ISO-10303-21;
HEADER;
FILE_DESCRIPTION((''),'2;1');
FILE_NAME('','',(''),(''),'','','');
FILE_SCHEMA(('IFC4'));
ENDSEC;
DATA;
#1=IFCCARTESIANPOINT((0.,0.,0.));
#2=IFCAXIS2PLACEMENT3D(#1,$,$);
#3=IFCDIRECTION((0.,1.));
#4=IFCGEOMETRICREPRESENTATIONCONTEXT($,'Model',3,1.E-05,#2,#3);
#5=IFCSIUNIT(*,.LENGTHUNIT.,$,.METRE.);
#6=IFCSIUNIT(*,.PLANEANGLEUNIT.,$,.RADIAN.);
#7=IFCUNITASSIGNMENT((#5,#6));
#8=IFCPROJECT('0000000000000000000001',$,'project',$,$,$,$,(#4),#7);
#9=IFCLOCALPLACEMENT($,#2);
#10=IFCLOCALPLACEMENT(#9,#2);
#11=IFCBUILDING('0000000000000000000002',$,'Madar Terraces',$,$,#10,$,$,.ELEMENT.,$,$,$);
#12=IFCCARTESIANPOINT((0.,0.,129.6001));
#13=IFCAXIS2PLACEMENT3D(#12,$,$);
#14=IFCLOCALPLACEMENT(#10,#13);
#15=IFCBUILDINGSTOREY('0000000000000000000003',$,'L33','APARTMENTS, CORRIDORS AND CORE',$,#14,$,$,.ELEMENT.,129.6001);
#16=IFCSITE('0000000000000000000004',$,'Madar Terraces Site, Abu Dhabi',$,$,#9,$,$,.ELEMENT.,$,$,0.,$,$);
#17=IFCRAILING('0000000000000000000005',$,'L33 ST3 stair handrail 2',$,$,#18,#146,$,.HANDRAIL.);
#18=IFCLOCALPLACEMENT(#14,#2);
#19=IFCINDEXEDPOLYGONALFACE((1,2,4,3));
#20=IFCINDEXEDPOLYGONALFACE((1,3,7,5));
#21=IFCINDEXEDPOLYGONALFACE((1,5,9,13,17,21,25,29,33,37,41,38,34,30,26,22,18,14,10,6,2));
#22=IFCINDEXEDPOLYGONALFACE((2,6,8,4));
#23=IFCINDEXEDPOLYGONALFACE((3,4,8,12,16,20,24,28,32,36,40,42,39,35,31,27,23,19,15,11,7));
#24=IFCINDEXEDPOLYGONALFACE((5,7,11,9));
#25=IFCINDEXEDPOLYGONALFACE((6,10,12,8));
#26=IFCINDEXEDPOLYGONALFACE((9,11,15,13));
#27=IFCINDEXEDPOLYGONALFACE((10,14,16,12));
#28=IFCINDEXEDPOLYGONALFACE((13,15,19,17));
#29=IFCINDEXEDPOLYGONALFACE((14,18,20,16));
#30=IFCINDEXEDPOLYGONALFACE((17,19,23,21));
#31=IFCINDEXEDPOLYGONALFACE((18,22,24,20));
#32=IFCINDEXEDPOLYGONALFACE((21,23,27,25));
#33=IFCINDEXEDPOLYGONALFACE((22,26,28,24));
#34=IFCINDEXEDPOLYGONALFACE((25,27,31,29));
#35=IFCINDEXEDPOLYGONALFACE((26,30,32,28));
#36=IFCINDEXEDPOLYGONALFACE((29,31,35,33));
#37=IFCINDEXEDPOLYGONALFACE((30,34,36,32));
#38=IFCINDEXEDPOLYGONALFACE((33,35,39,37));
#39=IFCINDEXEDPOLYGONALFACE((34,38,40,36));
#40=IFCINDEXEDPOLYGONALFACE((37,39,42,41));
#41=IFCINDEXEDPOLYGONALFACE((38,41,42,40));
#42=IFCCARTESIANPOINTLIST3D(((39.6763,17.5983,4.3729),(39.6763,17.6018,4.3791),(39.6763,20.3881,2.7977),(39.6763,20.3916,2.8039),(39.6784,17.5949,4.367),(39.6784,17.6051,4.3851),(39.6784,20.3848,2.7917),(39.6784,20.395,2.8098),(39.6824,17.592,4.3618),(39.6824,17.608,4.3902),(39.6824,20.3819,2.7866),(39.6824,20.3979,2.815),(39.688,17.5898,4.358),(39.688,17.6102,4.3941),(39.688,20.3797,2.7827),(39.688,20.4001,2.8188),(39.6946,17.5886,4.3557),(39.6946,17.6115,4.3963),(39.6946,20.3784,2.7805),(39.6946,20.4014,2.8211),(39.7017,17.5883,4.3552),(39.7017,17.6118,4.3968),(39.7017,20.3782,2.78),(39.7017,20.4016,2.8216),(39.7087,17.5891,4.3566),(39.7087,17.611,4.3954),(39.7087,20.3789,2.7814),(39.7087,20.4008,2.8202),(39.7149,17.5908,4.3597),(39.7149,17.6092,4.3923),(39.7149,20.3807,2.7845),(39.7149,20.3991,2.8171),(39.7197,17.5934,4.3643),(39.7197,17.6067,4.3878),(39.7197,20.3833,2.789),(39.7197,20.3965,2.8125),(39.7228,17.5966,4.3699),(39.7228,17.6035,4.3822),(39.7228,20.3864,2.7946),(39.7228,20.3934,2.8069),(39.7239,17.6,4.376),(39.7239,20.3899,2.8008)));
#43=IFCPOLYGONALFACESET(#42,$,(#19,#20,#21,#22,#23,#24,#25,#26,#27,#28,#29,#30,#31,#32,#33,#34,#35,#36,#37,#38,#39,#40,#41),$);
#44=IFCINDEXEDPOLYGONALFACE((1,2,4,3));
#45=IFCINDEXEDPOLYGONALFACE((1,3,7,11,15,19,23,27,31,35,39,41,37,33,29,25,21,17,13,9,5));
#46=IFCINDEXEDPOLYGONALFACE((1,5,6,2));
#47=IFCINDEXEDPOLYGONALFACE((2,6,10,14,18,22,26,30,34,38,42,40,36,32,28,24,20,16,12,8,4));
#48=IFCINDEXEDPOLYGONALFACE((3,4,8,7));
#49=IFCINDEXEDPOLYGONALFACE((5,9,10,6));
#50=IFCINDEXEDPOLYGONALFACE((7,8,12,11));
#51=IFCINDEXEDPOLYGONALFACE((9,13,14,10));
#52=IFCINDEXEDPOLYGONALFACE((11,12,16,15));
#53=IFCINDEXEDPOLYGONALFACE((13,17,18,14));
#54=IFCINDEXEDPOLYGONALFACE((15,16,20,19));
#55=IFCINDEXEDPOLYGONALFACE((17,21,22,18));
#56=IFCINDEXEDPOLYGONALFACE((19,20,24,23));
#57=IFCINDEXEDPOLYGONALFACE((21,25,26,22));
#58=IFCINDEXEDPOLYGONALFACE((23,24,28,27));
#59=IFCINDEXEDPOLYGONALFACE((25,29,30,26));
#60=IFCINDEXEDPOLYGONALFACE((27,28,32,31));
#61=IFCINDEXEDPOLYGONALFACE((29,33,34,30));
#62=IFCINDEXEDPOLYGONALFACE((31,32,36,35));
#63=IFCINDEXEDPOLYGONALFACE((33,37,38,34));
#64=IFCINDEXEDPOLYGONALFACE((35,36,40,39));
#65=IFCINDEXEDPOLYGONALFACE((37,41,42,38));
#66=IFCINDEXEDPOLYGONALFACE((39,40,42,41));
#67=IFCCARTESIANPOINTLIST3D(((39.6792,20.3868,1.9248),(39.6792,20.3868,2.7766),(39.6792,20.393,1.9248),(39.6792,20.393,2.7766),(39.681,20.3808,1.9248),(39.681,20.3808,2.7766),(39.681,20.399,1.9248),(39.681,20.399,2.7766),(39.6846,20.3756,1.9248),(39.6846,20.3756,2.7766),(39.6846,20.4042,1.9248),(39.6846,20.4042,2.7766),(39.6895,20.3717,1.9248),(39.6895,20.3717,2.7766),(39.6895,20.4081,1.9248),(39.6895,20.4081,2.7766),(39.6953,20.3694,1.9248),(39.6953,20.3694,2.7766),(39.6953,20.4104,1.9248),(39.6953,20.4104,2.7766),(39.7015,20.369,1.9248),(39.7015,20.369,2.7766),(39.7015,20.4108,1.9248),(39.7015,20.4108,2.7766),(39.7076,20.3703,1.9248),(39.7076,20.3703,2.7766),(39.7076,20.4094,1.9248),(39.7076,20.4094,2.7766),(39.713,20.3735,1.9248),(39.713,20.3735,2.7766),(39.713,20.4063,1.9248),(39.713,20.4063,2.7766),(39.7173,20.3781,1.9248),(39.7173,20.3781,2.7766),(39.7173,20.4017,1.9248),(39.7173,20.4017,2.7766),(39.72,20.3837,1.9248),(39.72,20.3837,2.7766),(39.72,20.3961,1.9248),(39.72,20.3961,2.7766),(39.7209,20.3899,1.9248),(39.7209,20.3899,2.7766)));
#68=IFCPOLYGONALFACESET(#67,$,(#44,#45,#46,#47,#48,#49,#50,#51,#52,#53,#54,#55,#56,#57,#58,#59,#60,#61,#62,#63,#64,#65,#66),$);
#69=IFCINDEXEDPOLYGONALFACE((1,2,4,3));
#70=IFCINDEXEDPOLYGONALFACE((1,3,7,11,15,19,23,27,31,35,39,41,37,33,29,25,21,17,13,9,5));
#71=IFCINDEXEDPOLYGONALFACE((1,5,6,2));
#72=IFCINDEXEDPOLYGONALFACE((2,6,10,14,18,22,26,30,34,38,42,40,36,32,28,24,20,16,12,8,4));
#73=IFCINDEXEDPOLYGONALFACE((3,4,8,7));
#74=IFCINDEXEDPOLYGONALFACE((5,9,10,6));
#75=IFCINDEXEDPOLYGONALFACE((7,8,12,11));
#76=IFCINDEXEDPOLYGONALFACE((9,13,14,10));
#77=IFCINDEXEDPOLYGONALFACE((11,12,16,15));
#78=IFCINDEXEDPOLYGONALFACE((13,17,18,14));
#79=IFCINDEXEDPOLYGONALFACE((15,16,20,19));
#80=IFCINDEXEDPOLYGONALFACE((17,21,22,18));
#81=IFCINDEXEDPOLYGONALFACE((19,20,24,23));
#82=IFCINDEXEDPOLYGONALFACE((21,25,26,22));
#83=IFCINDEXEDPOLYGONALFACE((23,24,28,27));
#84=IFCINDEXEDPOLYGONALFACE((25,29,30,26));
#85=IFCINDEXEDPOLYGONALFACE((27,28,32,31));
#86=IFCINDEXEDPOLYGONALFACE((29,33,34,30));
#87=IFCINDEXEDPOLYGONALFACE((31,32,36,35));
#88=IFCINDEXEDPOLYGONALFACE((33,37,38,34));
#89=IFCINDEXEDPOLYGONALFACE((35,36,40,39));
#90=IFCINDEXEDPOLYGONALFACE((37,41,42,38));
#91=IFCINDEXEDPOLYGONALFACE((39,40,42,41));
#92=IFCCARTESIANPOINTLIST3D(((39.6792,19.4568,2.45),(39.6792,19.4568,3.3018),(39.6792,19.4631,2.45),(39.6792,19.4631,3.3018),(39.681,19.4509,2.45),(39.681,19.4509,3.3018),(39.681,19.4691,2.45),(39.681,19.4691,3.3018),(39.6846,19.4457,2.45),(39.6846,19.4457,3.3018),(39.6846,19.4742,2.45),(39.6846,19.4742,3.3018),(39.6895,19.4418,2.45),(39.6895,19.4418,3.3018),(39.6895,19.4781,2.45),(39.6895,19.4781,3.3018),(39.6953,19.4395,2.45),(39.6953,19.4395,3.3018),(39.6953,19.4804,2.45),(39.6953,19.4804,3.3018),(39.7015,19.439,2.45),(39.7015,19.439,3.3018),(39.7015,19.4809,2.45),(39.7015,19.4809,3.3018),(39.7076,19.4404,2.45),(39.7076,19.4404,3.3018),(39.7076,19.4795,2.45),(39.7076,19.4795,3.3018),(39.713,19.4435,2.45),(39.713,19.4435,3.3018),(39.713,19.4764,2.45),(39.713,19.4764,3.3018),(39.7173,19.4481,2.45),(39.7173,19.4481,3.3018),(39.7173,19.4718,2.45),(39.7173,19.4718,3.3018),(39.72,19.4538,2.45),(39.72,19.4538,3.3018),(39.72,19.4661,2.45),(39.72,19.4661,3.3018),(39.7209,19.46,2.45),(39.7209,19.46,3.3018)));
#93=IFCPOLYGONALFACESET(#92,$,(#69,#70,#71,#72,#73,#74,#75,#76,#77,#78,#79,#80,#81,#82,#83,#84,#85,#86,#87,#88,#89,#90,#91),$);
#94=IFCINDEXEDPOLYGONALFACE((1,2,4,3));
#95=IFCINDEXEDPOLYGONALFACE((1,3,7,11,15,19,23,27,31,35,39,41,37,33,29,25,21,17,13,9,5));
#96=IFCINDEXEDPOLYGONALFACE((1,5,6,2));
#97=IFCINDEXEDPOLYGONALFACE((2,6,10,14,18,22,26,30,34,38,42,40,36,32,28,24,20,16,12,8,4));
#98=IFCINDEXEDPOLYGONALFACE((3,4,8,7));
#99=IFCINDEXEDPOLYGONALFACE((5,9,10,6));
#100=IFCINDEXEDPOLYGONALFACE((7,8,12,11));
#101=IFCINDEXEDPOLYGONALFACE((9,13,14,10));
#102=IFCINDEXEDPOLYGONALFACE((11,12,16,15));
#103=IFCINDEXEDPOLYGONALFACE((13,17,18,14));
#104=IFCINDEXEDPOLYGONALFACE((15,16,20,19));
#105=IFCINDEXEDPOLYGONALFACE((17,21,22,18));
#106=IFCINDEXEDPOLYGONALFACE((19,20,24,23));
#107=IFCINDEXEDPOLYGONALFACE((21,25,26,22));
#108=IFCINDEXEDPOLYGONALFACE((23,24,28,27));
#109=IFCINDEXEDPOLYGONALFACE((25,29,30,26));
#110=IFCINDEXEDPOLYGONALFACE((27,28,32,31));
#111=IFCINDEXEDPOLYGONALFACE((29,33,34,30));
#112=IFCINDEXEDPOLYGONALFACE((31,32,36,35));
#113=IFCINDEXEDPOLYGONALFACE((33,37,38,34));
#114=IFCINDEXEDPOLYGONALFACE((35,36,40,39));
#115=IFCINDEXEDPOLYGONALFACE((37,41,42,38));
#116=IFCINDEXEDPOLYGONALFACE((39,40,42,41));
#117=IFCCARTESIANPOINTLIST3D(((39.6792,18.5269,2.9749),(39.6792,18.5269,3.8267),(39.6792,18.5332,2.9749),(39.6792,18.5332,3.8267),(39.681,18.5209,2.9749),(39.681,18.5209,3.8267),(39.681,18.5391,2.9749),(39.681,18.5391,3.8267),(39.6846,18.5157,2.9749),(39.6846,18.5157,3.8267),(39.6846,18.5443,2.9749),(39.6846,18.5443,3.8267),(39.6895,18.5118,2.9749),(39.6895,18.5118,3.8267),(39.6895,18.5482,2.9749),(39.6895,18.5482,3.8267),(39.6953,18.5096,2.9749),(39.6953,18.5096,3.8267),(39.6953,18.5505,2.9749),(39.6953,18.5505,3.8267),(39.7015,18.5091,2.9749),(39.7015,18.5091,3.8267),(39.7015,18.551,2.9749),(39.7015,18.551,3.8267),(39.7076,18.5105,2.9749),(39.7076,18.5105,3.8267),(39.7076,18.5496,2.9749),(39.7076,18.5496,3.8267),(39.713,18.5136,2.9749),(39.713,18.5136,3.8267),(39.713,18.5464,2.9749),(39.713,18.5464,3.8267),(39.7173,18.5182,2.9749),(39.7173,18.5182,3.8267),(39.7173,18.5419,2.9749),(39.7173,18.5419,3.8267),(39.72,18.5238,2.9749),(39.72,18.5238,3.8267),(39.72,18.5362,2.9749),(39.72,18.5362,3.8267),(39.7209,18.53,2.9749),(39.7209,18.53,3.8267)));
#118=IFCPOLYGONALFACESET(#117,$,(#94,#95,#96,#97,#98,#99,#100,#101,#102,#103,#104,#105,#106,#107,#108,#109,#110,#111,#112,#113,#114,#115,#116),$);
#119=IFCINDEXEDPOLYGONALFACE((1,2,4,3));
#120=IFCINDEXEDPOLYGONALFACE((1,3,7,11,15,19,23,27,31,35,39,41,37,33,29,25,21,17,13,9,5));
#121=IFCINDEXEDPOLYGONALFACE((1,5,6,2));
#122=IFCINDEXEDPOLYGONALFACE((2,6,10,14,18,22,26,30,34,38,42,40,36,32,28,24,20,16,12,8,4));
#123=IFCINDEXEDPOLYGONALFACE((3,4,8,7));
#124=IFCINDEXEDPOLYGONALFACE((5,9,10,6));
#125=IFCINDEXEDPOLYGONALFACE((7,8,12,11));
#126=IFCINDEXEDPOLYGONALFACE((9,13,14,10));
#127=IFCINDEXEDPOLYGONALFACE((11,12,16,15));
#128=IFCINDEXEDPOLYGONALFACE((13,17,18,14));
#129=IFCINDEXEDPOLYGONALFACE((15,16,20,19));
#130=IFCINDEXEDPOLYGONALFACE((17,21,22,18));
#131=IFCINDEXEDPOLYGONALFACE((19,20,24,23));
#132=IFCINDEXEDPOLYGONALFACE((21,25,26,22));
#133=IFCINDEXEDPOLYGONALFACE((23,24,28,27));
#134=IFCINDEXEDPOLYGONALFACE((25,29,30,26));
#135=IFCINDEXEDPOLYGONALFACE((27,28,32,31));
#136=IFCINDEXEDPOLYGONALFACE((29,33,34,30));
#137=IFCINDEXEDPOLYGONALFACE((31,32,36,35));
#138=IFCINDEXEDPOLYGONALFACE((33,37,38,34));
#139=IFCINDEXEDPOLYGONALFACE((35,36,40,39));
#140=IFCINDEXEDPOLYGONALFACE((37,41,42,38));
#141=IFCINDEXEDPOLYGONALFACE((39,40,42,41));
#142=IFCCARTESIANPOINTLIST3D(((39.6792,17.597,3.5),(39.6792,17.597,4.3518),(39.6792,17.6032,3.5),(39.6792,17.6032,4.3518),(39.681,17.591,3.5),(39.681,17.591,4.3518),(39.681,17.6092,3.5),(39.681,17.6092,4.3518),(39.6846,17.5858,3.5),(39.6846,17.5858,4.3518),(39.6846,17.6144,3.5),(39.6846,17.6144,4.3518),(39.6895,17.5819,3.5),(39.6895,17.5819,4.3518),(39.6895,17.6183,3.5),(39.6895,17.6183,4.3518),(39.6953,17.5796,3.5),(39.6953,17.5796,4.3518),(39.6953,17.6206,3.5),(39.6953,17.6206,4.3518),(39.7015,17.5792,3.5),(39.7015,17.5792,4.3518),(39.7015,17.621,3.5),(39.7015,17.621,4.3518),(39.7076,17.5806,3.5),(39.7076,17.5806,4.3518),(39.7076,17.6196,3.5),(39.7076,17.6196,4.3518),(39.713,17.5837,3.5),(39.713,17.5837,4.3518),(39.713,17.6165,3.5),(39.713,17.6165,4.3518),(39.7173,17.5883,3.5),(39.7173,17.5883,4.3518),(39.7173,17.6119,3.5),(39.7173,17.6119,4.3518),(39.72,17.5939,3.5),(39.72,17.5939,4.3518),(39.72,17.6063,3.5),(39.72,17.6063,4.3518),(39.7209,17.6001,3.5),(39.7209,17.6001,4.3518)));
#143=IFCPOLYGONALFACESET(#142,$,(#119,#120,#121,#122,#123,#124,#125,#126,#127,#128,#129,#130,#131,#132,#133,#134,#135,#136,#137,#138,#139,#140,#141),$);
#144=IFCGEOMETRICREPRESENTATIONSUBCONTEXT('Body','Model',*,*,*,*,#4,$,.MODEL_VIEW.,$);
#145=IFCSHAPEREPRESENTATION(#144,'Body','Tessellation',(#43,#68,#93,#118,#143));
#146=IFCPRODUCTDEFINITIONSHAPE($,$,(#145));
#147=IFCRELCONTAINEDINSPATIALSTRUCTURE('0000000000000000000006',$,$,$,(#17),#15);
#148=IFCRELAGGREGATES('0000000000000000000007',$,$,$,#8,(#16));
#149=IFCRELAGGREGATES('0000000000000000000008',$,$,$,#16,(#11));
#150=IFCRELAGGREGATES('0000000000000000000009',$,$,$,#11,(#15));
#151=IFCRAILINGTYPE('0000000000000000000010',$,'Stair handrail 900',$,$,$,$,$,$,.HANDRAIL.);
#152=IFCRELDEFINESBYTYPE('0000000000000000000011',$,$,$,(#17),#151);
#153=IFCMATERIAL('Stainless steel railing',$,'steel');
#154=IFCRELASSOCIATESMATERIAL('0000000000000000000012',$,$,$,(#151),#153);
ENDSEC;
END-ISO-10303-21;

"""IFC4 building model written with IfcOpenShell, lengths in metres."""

from ifc_helpers import new_model, si_unit, direction, frame, origin, origin_2d, place, context, subcontext, project, spatial, circle, extrude, material, type_object, element, save


model = new_model("IFC4")

# Units and contexts
model_context = context("Model", 3, precision=1e-05, world=origin(), true_north=direction((0.0, 1.0)))
body_context = subcontext(model_context, "Body", "Model", "MODEL_VIEW")
ifc_project = project(units=[si_unit("LENGTHUNIT", "METRE"), si_unit("PLANEANGLEUNIT", "RADIAN")], contexts=[model_context])

# Site, building, storey
site_placement = place(None, origin())
site = spatial("IfcSite", under=ifc_project, at=site_placement, Name="Madar Terraces Site, Abu Dhabi", CompositionType="ELEMENT", RefElevation=0.0)
building_placement = place(site_placement, origin())
building = spatial("IfcBuilding", under=site, at=building_placement, Name="Madar Terraces", CompositionType="ELEMENT")
storey_placement = place(building_placement, frame((0.0, 0.0, 129.6001)))
storey = spatial("IfcBuildingStorey", under=building, at=storey_placement, Name="L33", Description="APARTMENTS, CORRIDORS AND CORE", CompositionType="ELEMENT", Elevation=129.6001)

# Railing
ifc_material_1 = material(Name="Stainless steel railing", Category="steel")
railing_type_1 = type_object("IfcRailingType", Name="Stair handrail 900", PredefinedType="HANDRAIL", material=ifc_material_1)
railing_1_placement = place(storey_placement, frame((39.7, 20.3899, 1.9248)))
element("IfcRailing", 1, at=railing_1_placement, inside=storey, type_object=railing_type_1, Name="L33 ST3 stair handrail 2", PredefinedType="HANDRAIL", context=body_context, shape_type="SweptSolid", body=[
    extrude(circle(Radius=0.0239, at=origin_2d()), frame((0.0, 0.0, 0.876), z_axis=(0.0, -0.870783, 0.491668), x_axis=(1.0, 0.0, 0.0)), (0.0, 0.0, 1.0), 3.2039),
    extrude(circle(Radius=0.021, at=origin_2d()), origin(), (0.0, 0.0, 1.0), 0.8518),
    extrude(circle(Radius=0.021, at=origin_2d()), frame((0.0, -0.9299, 0.5251)), (0.0, 0.0, 1.0), 0.8518),
    extrude(circle(Radius=0.021, at=origin_2d()), frame((0.0, -1.8599, 1.05)), (0.0, 0.0, 1.0), 0.8518),
    extrude(circle(Radius=0.021, at=origin_2d()), frame((0.0, -2.7898, 1.5752)), (0.0, 0.0, 1.0), 0.8518),
])

save(model, "model.ifc")
